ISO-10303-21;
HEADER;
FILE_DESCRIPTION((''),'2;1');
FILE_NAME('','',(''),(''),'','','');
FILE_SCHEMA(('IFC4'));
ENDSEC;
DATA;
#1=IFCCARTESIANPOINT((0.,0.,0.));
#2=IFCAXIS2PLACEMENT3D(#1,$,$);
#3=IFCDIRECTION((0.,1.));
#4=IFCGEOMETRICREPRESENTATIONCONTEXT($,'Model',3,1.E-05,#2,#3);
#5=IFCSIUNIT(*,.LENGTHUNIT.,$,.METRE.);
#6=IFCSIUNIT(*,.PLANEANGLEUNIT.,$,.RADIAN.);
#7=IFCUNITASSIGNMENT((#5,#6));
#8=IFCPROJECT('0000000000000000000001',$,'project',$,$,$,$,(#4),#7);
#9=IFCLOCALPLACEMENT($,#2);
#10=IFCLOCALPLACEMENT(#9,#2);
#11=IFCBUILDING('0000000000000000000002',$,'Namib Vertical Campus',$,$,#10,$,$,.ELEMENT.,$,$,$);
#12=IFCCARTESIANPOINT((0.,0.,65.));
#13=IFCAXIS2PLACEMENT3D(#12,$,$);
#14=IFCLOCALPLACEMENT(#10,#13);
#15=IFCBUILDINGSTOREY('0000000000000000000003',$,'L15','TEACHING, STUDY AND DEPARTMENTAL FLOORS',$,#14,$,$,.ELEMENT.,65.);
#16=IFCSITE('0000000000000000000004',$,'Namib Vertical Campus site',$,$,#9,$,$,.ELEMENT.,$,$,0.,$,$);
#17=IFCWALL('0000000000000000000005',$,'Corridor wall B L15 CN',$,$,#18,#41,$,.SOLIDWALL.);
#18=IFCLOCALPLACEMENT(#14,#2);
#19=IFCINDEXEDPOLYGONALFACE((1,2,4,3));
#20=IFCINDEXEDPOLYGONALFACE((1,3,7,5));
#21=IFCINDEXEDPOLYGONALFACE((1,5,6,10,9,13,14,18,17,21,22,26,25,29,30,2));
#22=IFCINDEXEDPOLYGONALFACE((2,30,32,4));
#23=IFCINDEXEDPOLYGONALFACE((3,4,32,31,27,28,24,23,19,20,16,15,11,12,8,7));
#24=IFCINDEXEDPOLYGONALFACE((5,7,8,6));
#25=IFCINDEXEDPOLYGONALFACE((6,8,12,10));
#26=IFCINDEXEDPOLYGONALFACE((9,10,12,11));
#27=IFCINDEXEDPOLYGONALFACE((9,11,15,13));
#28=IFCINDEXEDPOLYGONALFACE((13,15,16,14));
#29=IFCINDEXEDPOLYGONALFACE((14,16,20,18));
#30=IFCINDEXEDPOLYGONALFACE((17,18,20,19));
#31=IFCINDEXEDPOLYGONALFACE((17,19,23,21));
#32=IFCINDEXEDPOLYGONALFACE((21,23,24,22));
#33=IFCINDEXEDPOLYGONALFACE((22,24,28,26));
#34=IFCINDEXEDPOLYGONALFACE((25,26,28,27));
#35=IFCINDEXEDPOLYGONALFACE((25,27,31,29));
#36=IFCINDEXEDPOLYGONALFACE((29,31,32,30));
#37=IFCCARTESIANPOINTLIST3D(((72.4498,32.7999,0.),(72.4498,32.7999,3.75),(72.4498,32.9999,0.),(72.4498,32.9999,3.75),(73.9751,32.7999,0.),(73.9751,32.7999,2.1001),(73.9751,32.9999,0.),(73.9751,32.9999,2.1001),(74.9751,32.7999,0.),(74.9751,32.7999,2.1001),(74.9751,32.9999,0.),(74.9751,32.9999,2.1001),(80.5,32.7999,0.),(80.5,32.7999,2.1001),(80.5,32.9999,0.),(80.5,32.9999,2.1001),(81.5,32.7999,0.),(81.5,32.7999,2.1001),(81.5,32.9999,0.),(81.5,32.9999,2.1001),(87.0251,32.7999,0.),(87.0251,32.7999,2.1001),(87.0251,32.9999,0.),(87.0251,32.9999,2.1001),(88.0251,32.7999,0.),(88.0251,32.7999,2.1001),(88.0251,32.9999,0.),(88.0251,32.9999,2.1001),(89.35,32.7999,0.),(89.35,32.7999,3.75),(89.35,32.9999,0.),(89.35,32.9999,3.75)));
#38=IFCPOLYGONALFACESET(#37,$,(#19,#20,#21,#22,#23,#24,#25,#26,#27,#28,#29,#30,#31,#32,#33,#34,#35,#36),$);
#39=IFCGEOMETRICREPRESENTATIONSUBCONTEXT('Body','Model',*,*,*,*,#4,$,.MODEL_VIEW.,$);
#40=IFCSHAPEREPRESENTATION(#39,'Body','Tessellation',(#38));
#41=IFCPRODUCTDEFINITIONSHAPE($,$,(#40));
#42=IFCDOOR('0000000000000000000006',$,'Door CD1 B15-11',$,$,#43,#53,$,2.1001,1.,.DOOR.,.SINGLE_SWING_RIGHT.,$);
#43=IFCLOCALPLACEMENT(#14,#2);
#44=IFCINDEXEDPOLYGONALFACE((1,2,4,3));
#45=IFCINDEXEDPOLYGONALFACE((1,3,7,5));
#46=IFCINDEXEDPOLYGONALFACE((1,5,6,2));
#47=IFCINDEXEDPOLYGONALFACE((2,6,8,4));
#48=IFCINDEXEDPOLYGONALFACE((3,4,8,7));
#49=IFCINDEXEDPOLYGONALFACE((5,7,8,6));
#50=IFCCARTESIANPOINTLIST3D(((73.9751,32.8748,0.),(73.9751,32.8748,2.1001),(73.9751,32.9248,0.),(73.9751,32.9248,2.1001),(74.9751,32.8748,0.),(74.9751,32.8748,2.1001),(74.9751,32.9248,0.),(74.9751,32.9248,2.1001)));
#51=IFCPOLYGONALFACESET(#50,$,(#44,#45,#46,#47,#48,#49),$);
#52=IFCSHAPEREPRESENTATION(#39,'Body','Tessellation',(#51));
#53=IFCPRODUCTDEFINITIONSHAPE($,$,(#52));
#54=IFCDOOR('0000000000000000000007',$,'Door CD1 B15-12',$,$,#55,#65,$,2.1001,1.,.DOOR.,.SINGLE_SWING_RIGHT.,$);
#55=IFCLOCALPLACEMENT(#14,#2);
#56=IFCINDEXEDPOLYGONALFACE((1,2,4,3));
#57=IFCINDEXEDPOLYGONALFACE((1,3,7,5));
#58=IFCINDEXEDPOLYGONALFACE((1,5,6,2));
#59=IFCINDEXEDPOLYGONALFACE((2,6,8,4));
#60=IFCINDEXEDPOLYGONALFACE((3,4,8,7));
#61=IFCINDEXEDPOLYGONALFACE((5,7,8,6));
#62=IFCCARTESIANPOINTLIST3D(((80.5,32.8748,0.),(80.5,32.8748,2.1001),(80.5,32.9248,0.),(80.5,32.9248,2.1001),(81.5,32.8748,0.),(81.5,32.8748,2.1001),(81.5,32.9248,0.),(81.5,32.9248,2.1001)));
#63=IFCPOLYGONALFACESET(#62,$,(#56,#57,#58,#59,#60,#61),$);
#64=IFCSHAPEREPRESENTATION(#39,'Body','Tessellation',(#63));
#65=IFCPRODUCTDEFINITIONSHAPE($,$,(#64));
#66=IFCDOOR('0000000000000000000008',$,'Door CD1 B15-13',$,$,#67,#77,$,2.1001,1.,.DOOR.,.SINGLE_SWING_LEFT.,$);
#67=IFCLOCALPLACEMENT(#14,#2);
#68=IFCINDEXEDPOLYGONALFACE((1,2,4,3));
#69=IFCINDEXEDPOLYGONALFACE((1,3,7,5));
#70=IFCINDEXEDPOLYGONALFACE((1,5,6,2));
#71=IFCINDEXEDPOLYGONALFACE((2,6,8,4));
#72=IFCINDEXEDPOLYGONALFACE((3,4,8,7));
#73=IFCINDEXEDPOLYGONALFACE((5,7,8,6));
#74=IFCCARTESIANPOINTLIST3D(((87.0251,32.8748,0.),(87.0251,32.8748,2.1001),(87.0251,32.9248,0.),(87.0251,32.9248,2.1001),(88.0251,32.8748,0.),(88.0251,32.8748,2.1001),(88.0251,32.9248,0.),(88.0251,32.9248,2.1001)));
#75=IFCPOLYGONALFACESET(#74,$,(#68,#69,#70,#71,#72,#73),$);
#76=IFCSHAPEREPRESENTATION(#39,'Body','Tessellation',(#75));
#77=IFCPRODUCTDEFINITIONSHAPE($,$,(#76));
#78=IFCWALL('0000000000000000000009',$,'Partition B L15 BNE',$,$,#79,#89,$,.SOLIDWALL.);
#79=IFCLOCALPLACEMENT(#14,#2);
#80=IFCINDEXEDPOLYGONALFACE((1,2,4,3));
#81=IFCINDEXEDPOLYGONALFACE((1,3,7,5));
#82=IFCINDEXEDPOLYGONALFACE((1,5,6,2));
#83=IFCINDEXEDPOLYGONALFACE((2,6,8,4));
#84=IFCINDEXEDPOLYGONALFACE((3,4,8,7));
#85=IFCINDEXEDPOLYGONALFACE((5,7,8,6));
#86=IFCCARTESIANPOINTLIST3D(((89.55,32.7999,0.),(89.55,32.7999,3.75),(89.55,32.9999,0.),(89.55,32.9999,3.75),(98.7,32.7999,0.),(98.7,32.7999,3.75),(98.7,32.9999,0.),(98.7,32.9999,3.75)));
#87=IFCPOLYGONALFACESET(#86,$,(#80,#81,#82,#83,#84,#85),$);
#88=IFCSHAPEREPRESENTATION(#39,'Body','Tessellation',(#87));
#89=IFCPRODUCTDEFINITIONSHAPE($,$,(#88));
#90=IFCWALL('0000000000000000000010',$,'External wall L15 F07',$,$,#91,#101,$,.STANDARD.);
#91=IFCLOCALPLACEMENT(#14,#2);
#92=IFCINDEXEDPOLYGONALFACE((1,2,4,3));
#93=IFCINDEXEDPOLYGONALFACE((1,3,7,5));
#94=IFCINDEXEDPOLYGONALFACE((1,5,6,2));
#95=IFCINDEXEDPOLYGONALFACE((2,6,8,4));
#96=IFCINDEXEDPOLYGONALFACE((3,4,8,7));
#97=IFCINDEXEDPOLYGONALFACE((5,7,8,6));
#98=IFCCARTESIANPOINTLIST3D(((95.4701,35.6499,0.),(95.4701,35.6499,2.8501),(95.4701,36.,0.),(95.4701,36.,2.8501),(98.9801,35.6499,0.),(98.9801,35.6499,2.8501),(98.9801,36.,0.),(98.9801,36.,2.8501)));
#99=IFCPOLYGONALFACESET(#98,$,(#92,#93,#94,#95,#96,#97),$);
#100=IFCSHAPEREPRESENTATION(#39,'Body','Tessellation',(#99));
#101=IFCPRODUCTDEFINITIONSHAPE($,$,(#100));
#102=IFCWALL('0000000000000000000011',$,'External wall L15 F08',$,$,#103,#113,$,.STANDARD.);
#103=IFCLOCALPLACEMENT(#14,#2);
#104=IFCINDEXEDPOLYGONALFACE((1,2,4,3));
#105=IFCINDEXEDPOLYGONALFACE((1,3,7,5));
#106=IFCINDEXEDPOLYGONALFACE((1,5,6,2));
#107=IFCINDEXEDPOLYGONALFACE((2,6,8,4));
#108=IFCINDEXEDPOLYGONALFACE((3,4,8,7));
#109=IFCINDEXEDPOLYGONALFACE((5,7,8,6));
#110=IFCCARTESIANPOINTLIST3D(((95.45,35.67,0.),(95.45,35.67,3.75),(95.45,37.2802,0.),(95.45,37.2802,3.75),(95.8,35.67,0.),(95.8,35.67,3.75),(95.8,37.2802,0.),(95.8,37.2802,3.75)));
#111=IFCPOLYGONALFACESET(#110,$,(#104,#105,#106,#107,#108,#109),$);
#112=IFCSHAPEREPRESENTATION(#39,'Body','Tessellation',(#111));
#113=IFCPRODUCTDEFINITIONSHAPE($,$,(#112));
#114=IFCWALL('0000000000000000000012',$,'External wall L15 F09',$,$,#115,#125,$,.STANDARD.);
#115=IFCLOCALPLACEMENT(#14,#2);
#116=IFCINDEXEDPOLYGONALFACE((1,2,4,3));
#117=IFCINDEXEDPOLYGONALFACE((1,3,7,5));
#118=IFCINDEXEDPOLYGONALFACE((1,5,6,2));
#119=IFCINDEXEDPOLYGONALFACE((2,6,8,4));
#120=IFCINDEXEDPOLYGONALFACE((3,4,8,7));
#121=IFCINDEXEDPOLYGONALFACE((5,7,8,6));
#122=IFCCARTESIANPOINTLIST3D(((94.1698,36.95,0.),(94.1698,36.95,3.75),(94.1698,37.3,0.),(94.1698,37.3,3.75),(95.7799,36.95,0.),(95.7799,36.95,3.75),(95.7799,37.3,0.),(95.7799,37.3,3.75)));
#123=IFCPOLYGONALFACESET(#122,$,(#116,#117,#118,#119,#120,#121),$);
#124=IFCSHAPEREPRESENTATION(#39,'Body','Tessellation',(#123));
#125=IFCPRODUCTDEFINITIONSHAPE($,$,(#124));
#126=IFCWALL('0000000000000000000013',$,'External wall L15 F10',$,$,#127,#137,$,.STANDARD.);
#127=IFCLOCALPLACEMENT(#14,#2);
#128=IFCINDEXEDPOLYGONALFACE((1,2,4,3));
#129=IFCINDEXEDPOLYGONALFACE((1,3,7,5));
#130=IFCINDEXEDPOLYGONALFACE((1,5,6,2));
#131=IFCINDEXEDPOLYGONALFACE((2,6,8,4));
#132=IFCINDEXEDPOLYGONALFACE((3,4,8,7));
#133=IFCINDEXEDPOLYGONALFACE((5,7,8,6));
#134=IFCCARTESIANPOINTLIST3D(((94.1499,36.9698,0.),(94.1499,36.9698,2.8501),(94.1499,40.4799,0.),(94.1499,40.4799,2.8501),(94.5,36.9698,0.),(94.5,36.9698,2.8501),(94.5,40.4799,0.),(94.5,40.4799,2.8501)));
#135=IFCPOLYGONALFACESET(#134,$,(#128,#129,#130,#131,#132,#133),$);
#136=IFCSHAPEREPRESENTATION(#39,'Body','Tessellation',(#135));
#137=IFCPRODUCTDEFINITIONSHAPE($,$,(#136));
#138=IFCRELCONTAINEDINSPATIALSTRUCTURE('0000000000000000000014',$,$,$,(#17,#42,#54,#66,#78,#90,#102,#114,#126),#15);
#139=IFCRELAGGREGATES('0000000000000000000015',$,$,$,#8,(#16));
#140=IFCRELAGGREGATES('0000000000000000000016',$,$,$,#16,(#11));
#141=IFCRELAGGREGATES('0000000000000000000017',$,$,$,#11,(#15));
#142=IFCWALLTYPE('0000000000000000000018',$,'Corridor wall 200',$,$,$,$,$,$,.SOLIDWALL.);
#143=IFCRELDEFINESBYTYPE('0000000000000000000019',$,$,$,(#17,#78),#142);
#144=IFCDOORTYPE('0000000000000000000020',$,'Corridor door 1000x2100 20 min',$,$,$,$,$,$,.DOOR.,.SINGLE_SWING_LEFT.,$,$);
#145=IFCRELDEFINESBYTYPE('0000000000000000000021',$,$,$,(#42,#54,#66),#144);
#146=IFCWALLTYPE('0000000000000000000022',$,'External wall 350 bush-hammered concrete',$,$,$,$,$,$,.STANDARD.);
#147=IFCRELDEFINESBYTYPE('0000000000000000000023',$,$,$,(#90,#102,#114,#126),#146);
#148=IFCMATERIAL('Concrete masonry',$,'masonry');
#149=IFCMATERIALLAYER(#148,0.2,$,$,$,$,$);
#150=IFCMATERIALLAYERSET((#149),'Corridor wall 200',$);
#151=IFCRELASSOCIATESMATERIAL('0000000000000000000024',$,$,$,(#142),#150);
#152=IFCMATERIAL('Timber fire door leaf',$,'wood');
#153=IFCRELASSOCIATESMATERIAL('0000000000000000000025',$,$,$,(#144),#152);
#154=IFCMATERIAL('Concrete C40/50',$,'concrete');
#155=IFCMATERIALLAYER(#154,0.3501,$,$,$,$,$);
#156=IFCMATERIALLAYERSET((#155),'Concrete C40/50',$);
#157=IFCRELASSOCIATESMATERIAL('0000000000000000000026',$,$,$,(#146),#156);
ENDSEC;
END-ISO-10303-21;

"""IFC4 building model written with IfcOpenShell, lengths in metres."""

from ifc_helpers import new_model, si_unit, direction, frame, frame_2d, origin, place, context, subcontext, project, spatial, rectangle, extrude, material, layer, layer_set, type_object, element, fill, save


model = new_model("IFC4")

# Units and contexts
model_context = context("Model", 3, precision=1e-05, world=origin(), true_north=direction((0.0, 1.0)))
body_context = subcontext(model_context, "Body", "Model", "MODEL_VIEW")
ifc_project = project(units=[si_unit("LENGTHUNIT", "METRE"), si_unit("PLANEANGLEUNIT", "RADIAN")], contexts=[model_context])

# Site, building, storey
site_placement = place(None, origin())
site = spatial("IfcSite", under=ifc_project, at=site_placement, Name="Namib Vertical Campus site", CompositionType="ELEMENT", RefElevation=0.0)
building_placement = place(site_placement, origin())
building = spatial("IfcBuilding", under=site, at=building_placement, Name="Namib Vertical Campus", CompositionType="ELEMENT")
storey_placement = place(building_placement, frame((0.0, 0.0, 65.0)))
storey = spatial("IfcBuildingStorey", under=building, at=storey_placement, Name="L15", Description="TEACHING, STUDY AND DEPARTMENTAL FLOORS", CompositionType="ELEMENT", Elevation=65.0)

# Wall, openings, doors
ifc_material_1 = material(Name="Concrete masonry", Category="masonry")
ifc_layer_1 = layer(ifc_material_1, 0.2)
ifc_layer_set_1 = layer_set([ifc_layer_1], Name="Corridor wall 200")
wall_type_1 = type_object("IfcWallType", Name="Corridor wall 200", PredefinedType="SOLIDWALL", material=ifc_layer_set_1)
wall_1_placement = place(storey_placement, frame((89.3501, 32.8999, 0.0), z_axis=(0.0, 0.0, 1.0), x_axis=(-1.0, 0.0, 0.0)))
wall_1 = element("IfcWall", 1, at=wall_1_placement, inside=storey, type_object=wall_type_1, Name="Corridor wall B L15 CN", PredefinedType="SOLIDWALL", context=body_context, shape_type="SweptSolid", body=[
    extrude(rectangle(XDim=16.9001, YDim=0.2, at=frame_2d((8.4502, 0.0))), origin(), (0.0, 0.0, 1.0), 3.75),
])
opening_1_placement = place(wall_1_placement, frame((14.375, 0.0, 0.0)))
opening_1 = element("IfcOpeningElement", 2, at=opening_1_placement, cuts=wall_1, PredefinedType="OPENING", context=body_context, shape_type="SweptSolid", body=[
    extrude(rectangle(XDim=1.0, YDim=2.1001, at=frame_2d((0.5, 1.05))), frame((0.0, 0.1099, 0.0), z_axis=(0.0, -1.0, 0.0), x_axis=(1.0, 0.0, 0.0)), (0.0, 0.0, 1.0), 0.22),
])
opening_2_placement = place(wall_1_placement, frame((7.8501, 0.0, 0.0)))
opening_2 = element("IfcOpeningElement", 3, at=opening_2_placement, cuts=wall_1, PredefinedType="OPENING", context=body_context, shape_type="SweptSolid", body=[
    extrude(rectangle(XDim=1.0, YDim=2.1001, at=frame_2d((0.5, 1.05))), frame((0.0, 0.1099, 0.0), z_axis=(0.0, -1.0, 0.0), x_axis=(1.0, 0.0, 0.0)), (0.0, 0.0, 1.0), 0.22),
])
opening_3_placement = place(wall_1_placement, frame((1.325, 0.0, 0.0)))
opening_3 = element("IfcOpeningElement", 4, at=opening_3_placement, cuts=wall_1, PredefinedType="OPENING", context=body_context, shape_type="SweptSolid", body=[
    extrude(rectangle(XDim=1.0, YDim=2.1001, at=frame_2d((0.5, 1.05))), frame((0.0, 0.1099, 0.0), z_axis=(0.0, -1.0, 0.0), x_axis=(1.0, 0.0, 0.0)), (0.0, 0.0, 1.0), 0.22),
])
ifc_material_2 = material(Name="Timber fire door leaf", Category="wood")
door_type = type_object("IfcDoorType", Name="Corridor door 1000x2100 20 min", OperationType="SINGLE_SWING_LEFT", PredefinedType="DOOR", material=ifc_material_2)
door_1_placement = place(opening_1_placement, frame((1.0, 0.0, 0.0), z_axis=(0.0, 0.0, 1.0), x_axis=(-1.0, 0.0, 0.0)))
door_1 = element("IfcDoor", 5, at=door_1_placement, inside=storey, type_object=door_type, Name="Door CD1 B15-11", OperationType="SINGLE_SWING_RIGHT", OverallHeight=2.1001, OverallWidth=1.0, PredefinedType="DOOR", context=body_context, shape_type="SweptSolid", body=[
    extrude(rectangle(XDim=1.0, YDim=2.1001, at=frame_2d((0.5, 1.05))), frame((0.0, 0.0249, 0.0), z_axis=(0.0, -1.0, 0.0), x_axis=(1.0, 0.0, 0.0)), (0.0, 0.0, 1.0), 0.05),
])
fill(opening_1, door_1)
door_2_placement = place(opening_2_placement, frame((1.0, 0.0, 0.0), z_axis=(0.0, 0.0, 1.0), x_axis=(-1.0, 0.0, 0.0)))
door_2 = element("IfcDoor", 6, at=door_2_placement, inside=storey, type_object=door_type, Name="Door CD1 B15-12", OperationType="SINGLE_SWING_RIGHT", OverallHeight=2.1001, OverallWidth=1.0, PredefinedType="DOOR", context=body_context, shape_type="SweptSolid", body=[
    extrude(rectangle(XDim=1.0, YDim=2.1001, at=frame_2d((0.5, 1.05))), frame((0.0, 0.0249, 0.0), z_axis=(0.0, -1.0, 0.0), x_axis=(1.0, 0.0, 0.0)), (0.0, 0.0, 1.0), 0.05),
])
fill(opening_2, door_2)
door_3_placement = place(opening_3_placement, frame((1.0, 0.0, 0.0), z_axis=(0.0, 0.0, 1.0), x_axis=(-1.0, 0.0, 0.0)))
door_3 = element("IfcDoor", 7, at=door_3_placement, inside=storey, type_object=door_type, Name="Door CD1 B15-13", OperationType="SINGLE_SWING_LEFT", OverallHeight=2.1001, OverallWidth=1.0, PredefinedType="DOOR", context=body_context, shape_type="SweptSolid", body=[
    extrude(rectangle(XDim=1.0, YDim=2.1001, at=frame_2d((0.5, 1.05))), frame((0.0, 0.0249, 0.0), z_axis=(0.0, -1.0, 0.0), x_axis=(1.0, 0.0, 0.0)), (0.0, 0.0, 1.0), 0.05),
])
fill(opening_3, door_3)

# Walls
wall_2_placement = place(storey_placement, frame((89.55, 32.8999, 0.0), z_axis=(0.0, 0.0, 1.0), x_axis=(1.0, 0.0, 0.0)))
element("IfcWall", 8, at=wall_2_placement, inside=storey, type_object=wall_type_1, Name="Partition B L15 BNE", PredefinedType="SOLIDWALL", context=body_context, shape_type="SweptSolid", body=[
    extrude(rectangle(XDim=9.1499, YDim=0.2, at=frame_2d((4.575, 0.0))), origin(), (0.0, 0.0, 1.0), 3.75),
])
ifc_material_3 = material(Name="Concrete C40/50", Category="concrete")
ifc_layer_2 = layer(ifc_material_3, 0.3501)
ifc_layer_set_2 = layer_set([ifc_layer_2], Name="Concrete C40/50")
wall_type_2 = type_object("IfcWallType", Name="External wall 350 bush-hammered concrete", PredefinedType="STANDARD", material=ifc_layer_set_2)
wall_3_placement = place(storey_placement, frame((98.98, 35.825, 0.0), z_axis=(0.0, 0.0, 1.0), x_axis=(-1.0, 0.0, 0.0)))
element("IfcWall", 9, at=wall_3_placement, inside=storey, type_object=wall_type_2, Name="External wall L15 F07", PredefinedType="STANDARD", context=body_context, shape_type="SweptSolid", body=[
    extrude(rectangle(XDim=3.51, YDim=0.3501, at=frame_2d((1.7549, 0.0))), origin(), (0.0, 0.0, 1.0), 2.8501),
])
for number, where, z_axis, x_axis, name in (
    (10, (95.625, 35.6699, 0.0), (0.0, 0.0, 1.0), (0.0, 1.0, 0.0), "External wall L15 F08"),
    (11, (95.78, 37.125, 0.0), (0.0, 0.0, 1.0), (-1.0, 0.0, 0.0), "External wall L15 F09"),
):
    element("IfcWall", number, at=place(storey_placement, frame(where, z_axis=z_axis, x_axis=x_axis)), inside=storey, type_object=wall_type_2, Name=name, PredefinedType="STANDARD", context=body_context, shape_type="SweptSolid", body=[
        extrude(rectangle(XDim=1.6101, YDim=0.3501, at=frame_2d((0.8052, 0.0))), origin(), (0.0, 0.0, 1.0), 3.75),
    ])
wall_4_placement = place(storey_placement, frame((94.325, 36.97, 0.0), z_axis=(0.0, 0.0, 1.0), x_axis=(0.0, 1.0, 0.0)))
element("IfcWall", 12, at=wall_4_placement, inside=storey, type_object=wall_type_2, Name="External wall L15 F10", PredefinedType="STANDARD", context=body_context, shape_type="SweptSolid", body=[
    extrude(rectangle(XDim=3.51, YDim=0.3501, at=frame_2d((1.7549, 0.0))), origin(), (0.0, 0.0, 1.0), 2.8501),
])

save(model, "model.ifc")
